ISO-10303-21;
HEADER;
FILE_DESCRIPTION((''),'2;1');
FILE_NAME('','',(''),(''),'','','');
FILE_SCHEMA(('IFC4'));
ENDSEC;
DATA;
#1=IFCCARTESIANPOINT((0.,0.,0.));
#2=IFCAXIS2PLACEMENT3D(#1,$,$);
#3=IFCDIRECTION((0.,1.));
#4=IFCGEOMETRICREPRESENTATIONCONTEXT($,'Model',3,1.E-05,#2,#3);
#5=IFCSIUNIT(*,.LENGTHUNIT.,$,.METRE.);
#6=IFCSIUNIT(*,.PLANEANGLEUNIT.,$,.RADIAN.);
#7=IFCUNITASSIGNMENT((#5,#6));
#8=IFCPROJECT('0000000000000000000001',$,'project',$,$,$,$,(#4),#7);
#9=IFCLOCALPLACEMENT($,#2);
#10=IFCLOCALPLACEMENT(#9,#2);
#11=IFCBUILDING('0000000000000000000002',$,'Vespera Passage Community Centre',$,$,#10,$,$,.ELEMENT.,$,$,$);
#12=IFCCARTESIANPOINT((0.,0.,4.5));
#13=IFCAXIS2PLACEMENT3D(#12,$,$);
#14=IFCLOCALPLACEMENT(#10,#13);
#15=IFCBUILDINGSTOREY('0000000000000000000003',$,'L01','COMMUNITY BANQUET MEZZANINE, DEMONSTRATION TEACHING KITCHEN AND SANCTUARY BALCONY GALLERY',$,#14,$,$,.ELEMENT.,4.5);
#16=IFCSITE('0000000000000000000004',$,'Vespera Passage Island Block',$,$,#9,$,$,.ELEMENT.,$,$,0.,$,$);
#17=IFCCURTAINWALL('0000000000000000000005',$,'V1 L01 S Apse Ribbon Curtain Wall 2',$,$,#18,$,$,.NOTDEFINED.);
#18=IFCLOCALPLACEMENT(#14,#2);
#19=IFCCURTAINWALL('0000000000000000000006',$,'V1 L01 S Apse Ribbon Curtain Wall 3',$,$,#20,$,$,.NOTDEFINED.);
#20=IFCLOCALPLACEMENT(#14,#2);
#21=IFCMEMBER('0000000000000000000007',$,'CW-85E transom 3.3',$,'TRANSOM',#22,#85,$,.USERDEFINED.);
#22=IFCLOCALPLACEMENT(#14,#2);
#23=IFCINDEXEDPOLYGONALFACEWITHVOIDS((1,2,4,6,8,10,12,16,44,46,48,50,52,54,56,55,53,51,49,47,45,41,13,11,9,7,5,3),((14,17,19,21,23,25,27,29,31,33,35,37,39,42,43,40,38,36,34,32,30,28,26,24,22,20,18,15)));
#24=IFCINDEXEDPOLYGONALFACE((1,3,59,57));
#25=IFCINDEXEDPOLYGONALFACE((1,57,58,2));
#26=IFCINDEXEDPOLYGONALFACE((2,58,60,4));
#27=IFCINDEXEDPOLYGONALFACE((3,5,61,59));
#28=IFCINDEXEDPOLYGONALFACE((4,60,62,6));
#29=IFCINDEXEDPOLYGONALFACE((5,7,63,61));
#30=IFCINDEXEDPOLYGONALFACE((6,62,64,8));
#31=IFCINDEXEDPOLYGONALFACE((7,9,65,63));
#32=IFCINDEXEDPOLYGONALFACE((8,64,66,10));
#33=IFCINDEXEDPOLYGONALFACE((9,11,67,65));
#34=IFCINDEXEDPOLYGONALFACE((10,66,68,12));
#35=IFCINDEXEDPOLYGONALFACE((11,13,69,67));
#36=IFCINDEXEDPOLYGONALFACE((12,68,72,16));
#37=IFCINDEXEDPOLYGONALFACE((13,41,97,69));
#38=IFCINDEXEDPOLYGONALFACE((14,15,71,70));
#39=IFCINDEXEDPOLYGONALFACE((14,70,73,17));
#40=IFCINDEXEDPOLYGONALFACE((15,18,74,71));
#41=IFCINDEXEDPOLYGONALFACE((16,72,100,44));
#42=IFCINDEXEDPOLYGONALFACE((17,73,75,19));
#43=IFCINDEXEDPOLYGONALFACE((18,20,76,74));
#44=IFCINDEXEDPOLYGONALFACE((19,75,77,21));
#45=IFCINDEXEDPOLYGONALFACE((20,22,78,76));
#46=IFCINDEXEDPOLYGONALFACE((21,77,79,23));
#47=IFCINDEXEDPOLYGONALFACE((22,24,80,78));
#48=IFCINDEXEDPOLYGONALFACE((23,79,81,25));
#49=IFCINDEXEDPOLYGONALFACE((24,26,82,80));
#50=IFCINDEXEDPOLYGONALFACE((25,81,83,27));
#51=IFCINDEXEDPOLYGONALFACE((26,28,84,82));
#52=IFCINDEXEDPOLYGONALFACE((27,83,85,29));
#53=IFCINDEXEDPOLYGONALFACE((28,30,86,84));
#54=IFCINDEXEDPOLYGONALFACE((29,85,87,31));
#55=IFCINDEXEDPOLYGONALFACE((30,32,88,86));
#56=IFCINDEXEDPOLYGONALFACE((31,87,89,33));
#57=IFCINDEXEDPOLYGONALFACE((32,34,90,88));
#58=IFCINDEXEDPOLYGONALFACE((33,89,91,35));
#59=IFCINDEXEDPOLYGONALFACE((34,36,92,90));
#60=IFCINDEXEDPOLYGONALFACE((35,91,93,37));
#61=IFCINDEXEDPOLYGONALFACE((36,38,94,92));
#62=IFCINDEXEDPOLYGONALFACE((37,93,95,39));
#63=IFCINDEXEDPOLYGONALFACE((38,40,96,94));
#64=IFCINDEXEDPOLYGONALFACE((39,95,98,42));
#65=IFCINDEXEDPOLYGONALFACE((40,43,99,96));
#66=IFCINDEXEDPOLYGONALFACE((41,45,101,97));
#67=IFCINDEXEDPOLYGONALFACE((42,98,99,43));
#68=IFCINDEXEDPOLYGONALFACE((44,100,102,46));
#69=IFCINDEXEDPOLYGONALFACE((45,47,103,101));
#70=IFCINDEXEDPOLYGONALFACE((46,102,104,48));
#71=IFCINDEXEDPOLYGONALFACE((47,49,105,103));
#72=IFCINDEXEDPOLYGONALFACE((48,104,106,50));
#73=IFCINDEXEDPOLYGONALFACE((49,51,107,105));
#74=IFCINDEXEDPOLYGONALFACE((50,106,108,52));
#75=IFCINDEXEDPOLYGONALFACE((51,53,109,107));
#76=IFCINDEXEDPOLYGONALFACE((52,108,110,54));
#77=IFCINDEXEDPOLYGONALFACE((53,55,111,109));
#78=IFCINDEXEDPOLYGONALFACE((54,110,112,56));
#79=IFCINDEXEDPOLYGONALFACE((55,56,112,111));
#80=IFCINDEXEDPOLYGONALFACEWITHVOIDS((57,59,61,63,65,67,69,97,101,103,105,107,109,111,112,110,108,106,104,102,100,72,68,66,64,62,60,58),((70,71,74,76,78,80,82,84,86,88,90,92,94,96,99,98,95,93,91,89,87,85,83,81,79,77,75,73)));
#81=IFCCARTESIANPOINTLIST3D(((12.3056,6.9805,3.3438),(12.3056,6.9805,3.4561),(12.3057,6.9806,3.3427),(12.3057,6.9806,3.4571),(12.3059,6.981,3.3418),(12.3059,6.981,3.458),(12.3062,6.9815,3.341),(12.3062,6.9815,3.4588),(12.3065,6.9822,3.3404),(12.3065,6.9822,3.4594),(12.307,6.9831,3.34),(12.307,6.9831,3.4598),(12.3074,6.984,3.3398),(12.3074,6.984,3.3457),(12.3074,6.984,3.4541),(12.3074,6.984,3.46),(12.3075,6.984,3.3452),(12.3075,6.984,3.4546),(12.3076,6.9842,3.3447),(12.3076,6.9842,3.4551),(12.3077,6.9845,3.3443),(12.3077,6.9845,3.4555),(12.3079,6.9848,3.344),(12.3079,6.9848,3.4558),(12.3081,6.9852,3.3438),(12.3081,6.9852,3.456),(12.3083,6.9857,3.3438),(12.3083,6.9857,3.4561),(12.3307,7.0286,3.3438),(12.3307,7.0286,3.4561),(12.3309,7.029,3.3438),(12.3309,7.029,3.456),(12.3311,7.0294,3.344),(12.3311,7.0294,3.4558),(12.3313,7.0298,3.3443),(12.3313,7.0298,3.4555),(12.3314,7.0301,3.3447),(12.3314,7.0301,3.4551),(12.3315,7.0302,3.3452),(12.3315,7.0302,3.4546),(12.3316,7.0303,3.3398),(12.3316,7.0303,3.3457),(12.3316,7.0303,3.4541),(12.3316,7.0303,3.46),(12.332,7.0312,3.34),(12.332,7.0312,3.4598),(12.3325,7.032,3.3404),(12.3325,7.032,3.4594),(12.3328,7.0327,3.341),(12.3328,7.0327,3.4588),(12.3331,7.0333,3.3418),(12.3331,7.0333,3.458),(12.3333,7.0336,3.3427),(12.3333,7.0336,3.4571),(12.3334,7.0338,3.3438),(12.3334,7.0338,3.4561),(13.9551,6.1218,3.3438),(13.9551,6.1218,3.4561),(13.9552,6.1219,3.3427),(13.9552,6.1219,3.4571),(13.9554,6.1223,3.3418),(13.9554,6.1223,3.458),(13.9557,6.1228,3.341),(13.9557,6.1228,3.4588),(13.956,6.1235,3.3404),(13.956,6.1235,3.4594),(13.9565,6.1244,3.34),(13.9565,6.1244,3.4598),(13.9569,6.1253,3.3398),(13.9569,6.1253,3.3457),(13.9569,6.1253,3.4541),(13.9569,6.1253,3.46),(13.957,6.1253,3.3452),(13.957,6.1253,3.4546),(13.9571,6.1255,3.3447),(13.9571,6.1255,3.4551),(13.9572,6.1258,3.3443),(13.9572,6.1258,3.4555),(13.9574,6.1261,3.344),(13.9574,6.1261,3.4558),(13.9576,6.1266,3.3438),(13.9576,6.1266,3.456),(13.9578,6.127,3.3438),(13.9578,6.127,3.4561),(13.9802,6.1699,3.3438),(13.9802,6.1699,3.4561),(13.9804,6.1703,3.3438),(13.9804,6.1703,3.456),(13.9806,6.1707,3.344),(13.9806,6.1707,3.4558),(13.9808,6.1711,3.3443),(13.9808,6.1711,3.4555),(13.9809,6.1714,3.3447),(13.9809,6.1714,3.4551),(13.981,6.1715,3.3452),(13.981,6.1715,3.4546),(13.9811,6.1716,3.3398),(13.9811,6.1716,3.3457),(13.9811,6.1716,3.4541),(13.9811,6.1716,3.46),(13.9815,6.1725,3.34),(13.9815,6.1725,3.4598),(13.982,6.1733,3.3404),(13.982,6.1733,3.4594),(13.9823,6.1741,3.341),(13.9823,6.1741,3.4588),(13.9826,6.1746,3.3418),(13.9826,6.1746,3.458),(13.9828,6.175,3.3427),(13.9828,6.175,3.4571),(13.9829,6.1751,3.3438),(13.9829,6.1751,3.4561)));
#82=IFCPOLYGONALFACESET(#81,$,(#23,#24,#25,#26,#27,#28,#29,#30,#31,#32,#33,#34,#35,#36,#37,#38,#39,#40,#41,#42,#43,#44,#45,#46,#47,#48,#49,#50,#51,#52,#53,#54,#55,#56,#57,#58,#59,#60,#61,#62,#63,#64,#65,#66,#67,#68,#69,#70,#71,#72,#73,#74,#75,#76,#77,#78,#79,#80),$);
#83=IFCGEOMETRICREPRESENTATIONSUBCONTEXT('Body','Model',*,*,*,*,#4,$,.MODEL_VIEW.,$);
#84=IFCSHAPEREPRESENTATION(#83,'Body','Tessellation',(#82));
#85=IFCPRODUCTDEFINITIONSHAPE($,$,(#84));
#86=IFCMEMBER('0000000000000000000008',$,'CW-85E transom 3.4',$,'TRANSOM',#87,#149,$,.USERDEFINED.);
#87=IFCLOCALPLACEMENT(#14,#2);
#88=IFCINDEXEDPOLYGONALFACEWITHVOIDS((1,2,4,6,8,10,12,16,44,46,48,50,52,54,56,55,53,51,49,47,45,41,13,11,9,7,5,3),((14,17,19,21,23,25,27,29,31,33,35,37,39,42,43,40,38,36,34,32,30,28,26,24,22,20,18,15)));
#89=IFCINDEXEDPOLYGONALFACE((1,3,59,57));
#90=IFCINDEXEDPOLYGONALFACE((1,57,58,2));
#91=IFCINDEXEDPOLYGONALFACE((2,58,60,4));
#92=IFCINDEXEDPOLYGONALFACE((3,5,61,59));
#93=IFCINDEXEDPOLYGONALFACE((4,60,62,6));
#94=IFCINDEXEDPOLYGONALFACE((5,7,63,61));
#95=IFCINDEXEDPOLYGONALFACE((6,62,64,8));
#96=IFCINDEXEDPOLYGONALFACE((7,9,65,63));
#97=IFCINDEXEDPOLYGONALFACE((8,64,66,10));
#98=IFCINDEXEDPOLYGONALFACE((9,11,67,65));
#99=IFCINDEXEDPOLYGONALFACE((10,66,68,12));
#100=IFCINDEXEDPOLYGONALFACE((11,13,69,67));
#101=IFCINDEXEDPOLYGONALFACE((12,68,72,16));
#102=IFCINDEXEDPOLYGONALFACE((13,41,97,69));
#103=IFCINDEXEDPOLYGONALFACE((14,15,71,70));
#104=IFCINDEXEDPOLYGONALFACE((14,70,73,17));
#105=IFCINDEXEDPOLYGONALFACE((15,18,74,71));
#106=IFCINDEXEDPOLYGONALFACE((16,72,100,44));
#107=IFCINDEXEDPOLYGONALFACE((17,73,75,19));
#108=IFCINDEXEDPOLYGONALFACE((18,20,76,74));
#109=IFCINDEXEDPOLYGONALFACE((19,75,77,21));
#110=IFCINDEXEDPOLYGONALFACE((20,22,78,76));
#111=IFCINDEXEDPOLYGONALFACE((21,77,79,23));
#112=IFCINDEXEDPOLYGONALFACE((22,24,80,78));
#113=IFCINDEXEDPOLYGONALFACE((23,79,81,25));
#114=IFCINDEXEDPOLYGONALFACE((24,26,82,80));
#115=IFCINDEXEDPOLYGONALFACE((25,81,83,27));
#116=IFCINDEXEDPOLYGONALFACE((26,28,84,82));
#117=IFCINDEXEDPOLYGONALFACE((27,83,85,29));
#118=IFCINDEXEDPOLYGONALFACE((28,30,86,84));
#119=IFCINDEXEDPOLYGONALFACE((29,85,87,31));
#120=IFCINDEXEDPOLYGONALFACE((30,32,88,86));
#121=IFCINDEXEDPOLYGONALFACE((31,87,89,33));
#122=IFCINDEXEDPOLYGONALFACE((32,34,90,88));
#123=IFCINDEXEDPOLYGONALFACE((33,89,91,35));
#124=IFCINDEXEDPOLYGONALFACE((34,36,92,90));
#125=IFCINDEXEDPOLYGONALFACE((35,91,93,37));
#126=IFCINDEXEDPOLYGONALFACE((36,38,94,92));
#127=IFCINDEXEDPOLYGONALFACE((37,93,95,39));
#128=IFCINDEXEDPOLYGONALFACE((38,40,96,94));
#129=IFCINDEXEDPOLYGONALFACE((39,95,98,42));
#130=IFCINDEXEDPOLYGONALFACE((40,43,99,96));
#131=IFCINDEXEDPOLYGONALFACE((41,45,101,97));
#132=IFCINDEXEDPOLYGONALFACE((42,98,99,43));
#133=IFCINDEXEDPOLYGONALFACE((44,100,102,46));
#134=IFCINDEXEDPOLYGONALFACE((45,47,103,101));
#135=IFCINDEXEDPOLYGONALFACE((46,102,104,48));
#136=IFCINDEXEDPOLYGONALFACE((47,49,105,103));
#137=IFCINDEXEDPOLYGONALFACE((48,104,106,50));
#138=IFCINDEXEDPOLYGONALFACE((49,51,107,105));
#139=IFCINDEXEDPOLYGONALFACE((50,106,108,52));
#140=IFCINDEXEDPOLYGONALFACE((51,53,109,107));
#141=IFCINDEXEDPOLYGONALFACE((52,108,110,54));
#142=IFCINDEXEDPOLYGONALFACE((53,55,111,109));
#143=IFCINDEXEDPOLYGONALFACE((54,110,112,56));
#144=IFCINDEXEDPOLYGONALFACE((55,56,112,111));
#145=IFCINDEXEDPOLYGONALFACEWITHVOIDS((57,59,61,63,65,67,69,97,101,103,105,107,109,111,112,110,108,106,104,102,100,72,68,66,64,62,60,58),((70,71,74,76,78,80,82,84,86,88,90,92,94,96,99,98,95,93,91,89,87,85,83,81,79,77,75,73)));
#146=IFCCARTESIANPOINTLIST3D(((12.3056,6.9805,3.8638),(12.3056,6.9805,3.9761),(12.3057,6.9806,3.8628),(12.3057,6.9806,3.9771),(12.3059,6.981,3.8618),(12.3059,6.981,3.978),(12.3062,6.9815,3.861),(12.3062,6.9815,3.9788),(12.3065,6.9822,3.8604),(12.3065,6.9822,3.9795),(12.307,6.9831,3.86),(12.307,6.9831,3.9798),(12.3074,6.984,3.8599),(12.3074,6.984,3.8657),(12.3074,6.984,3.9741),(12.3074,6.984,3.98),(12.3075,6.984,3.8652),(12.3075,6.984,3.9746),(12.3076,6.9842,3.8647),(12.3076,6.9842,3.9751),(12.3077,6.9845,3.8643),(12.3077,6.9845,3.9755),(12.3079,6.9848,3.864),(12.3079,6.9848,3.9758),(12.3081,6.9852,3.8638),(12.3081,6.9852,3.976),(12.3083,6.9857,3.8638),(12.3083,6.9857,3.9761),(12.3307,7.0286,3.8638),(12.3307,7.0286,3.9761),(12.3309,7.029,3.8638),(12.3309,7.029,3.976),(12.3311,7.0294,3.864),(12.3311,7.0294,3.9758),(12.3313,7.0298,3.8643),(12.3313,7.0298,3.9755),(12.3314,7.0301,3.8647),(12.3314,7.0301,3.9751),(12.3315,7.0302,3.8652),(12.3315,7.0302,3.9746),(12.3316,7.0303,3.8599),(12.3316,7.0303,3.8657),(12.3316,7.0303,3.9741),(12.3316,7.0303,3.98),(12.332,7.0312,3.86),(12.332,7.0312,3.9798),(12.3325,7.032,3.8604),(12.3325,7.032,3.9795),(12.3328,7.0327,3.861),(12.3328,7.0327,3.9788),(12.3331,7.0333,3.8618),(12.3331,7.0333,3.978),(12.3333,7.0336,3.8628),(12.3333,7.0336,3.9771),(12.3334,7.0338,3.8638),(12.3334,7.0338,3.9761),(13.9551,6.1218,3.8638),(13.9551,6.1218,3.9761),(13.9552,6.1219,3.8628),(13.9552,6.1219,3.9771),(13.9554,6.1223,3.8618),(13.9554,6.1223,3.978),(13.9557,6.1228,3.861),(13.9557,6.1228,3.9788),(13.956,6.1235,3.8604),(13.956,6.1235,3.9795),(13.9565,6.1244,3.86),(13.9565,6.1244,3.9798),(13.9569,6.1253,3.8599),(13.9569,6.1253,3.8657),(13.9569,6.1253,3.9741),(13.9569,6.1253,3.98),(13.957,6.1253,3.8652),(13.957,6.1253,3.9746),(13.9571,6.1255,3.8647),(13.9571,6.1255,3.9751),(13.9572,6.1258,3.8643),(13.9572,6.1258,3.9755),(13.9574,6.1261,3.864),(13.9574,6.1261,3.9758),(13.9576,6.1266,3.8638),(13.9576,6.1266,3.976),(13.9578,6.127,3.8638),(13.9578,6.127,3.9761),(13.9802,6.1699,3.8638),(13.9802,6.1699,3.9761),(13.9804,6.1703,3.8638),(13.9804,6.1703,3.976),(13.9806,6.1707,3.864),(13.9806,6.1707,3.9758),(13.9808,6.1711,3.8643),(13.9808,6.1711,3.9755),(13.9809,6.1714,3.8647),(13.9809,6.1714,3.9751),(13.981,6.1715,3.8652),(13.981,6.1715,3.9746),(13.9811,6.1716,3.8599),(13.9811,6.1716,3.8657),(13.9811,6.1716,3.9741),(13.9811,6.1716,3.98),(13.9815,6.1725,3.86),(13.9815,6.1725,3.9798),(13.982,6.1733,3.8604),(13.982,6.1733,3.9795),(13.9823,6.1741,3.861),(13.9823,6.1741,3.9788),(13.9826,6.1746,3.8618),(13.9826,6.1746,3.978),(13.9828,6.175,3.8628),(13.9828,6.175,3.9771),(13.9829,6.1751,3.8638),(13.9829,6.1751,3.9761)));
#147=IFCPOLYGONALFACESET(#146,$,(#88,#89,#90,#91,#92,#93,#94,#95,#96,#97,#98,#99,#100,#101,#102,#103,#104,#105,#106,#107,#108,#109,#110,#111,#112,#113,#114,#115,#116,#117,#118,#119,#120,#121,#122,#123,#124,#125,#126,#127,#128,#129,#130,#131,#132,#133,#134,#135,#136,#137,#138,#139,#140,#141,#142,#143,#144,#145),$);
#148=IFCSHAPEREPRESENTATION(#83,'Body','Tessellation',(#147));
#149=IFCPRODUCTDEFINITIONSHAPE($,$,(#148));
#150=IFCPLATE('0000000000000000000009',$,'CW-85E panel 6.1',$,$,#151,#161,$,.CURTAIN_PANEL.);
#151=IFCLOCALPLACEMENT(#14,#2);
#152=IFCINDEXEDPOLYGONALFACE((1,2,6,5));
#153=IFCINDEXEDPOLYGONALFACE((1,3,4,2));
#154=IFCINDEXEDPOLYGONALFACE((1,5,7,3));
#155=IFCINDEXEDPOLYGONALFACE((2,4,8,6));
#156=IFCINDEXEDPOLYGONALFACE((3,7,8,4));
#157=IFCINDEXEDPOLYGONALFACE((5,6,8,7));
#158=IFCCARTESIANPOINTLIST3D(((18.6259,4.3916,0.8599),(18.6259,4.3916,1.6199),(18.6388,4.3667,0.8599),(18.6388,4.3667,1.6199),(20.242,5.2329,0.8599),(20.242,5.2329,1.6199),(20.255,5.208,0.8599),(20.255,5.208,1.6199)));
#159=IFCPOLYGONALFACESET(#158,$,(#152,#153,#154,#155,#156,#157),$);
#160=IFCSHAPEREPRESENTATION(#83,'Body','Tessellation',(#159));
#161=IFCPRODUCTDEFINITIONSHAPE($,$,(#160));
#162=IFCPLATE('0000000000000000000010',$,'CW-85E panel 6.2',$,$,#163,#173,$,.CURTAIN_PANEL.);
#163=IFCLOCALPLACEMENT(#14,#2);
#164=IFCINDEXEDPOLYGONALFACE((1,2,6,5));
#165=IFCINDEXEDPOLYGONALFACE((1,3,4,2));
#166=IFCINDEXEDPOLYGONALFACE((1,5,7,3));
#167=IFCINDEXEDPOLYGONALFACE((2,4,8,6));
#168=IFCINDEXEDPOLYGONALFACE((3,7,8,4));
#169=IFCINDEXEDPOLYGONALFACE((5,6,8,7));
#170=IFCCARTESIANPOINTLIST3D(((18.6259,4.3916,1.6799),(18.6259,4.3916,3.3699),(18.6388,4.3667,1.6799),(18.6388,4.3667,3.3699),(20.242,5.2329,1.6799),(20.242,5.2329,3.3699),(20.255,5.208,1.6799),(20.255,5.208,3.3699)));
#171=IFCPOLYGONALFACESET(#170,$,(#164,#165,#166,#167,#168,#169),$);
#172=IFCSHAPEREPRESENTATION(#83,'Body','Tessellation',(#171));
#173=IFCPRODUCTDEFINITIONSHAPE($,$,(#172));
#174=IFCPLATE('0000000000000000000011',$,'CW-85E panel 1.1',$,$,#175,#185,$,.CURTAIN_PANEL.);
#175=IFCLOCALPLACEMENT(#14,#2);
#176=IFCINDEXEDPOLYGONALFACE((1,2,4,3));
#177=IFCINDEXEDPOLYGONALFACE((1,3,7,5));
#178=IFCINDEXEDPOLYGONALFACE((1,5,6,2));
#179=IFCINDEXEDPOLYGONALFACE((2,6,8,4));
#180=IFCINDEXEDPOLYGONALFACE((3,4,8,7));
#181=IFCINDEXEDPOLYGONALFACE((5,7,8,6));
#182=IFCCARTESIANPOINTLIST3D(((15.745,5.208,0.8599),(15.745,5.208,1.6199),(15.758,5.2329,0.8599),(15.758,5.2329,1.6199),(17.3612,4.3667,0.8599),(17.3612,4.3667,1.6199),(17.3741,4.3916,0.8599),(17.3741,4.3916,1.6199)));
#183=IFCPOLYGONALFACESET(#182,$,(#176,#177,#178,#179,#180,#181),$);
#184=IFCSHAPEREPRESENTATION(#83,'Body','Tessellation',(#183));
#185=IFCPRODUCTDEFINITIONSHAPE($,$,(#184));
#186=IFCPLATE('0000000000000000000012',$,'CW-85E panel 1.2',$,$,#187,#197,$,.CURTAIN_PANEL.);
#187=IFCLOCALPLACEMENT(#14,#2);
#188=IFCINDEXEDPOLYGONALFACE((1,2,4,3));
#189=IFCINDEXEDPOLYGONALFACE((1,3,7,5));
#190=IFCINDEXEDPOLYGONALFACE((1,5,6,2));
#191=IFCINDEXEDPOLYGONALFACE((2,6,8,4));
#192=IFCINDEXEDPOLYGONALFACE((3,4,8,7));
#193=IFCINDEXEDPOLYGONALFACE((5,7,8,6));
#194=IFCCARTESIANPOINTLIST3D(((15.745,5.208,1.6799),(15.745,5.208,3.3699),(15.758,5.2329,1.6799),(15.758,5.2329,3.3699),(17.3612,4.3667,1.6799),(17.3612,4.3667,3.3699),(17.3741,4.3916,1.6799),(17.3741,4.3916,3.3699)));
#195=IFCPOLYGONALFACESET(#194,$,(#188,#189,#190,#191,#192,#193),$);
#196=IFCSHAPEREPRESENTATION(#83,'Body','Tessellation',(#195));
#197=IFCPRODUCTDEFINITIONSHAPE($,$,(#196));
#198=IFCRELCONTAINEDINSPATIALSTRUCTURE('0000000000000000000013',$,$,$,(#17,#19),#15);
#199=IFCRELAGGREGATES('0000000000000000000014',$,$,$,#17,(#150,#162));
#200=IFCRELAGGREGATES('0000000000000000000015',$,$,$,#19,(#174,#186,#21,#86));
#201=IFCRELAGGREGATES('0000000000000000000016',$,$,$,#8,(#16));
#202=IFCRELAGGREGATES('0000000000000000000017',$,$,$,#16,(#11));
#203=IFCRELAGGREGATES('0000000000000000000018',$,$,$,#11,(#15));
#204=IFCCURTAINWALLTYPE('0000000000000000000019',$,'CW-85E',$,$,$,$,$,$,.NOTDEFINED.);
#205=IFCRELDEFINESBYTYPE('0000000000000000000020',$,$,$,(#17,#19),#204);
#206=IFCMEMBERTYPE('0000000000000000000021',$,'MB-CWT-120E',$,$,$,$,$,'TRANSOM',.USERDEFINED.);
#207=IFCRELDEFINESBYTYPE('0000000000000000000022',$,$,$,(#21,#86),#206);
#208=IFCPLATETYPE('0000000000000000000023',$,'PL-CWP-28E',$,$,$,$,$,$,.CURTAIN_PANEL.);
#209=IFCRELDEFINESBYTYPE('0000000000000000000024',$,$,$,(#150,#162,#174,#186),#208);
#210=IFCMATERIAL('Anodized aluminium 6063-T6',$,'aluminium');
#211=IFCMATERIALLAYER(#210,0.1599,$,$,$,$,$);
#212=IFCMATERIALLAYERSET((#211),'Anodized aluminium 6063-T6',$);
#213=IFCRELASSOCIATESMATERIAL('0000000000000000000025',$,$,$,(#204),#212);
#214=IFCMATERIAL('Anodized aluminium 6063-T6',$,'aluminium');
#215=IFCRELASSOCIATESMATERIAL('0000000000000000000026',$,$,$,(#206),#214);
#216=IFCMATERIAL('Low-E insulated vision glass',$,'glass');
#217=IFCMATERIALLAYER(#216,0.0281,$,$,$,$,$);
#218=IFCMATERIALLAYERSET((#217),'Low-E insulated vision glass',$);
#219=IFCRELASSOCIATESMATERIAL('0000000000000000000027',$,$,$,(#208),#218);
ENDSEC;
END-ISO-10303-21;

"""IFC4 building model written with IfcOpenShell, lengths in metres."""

from ifc_helpers import new_model, si_unit, direction, frame, origin, origin_2d, place, context, subcontext, project, spatial, rectangle, hollow_rectangle, extrude, material, layer, layer_set, material_profile, profile_set, type_object, element, aggregate, save


model = new_model("IFC4")

# Units and contexts
model_context = context("Model", 3, precision=1e-05, world=origin(), true_north=direction((0.0, 1.0)))
body_context = subcontext(model_context, "Body", "Model", "MODEL_VIEW")
ifc_project = project(units=[si_unit("LENGTHUNIT", "METRE"), si_unit("PLANEANGLEUNIT", "RADIAN")], contexts=[model_context])

# Site, building, storey
site_placement = place(None, origin())
site = spatial("IfcSite", under=ifc_project, at=site_placement, Name="Vespera Passage Island Block", CompositionType="ELEMENT", RefElevation=0.0)
building_placement = place(site_placement, origin())
building = spatial("IfcBuilding", under=site, at=building_placement, Name="Vespera Passage Community Centre", CompositionType="ELEMENT")
storey_placement = place(building_placement, frame((0.0, 0.0, 4.5)))
storey = spatial("IfcBuildingStorey", under=building, at=storey_placement, Name="L01", Description="COMMUNITY BANQUET MEZZANINE, DEMONSTRATION TEACHING KITCHEN AND SANCTUARY BALCONY GALLERY", CompositionType="ELEMENT", Elevation=4.5)

# Curtain wall
ifc_material_1 = material(Name="Anodized aluminium 6063-T6", Category="aluminium")
ifc_layer_1 = layer(ifc_material_1, 0.1599)
ifc_layer_set_1 = layer_set([ifc_layer_1], Name="Anodized aluminium 6063-T6")
curtain_wall_type = type_object("IfcCurtainWallType", Name="CW-85E", PredefinedType="NOTDEFINED", material=ifc_layer_set_1)
curtain_wall_1_placement = place(storey_placement, origin())
curtain_wall_1 = element("IfcCurtainWall", 1, at=curtain_wall_1_placement, inside=storey, type_object=curtain_wall_type, Name="V1 L01 S Apse Ribbon Curtain Wall 2", PredefinedType="NOTDEFINED")

# Curtain wall, members
curtain_wall_2_placement = place(storey_placement, origin())
curtain_wall_2 = element("IfcCurtainWall", 2, at=curtain_wall_2_placement, inside=storey, type_object=curtain_wall_type, Name="V1 L01 S Apse Ribbon Curtain Wall 3", PredefinedType="NOTDEFINED")
ifc_material_2 = material(Name="Anodized aluminium 6063-T6", Category="aluminium")
ifc_material_profile_1 = material_profile(ifc_material_2, hollow_rectangle(XDim=0.0601, YDim=0.1201, WallThickness=0.0039, InnerFilletRadius=0.002, OuterFilletRadius=0.0039, at=origin_2d()), Name="ALU120X60X4")
ifc_profile_set_1 = profile_set([ifc_material_profile_1], Name="Anodized aluminium 6063-T6")
member_type_1 = type_object("IfcMemberType", Name="MB-CWT-120E", ElementType="TRANSOM", PredefinedType="USERDEFINED", material=ifc_profile_set_1)
member_1_placement = place(storey_placement, frame((13.969, 6.1484, 3.3999), z_axis=(-0.887008, 0.461754, 0.0), x_axis=(-0.461754, -0.887008, 0.0)))
member_1 = element("IfcMember", 3, at=member_1_placement, type_object=member_type_1, Name="CW-85E transom 3.3", ObjectType="TRANSOM", PredefinedType="USERDEFINED", context=body_context, shape_type="SweptSolid", body=[
    extrude(hollow_rectangle(XDim=0.0601, YDim=0.1201, WallThickness=0.0039, InnerFilletRadius=0.002, OuterFilletRadius=0.0039, at=origin_2d()), origin(), (0.0, 0.0, 1.0), 1.8596),
])
member_2_placement = place(storey_placement, frame((13.969, 6.1484, 3.9199), z_axis=(-0.887008, 0.461754, 0.0), x_axis=(-0.461754, -0.887008, 0.0)))
member_2 = element("IfcMember", 4, at=member_2_placement, type_object=member_type_1, Name="CW-85E transom 3.4", ObjectType="TRANSOM", PredefinedType="USERDEFINED", context=body_context, shape_type="SweptSolid", body=[
    extrude(hollow_rectangle(XDim=0.0601, YDim=0.1201, WallThickness=0.0039, InnerFilletRadius=0.002, OuterFilletRadius=0.0039, at=origin_2d()), origin(), (0.0, 0.0, 1.0), 1.8596),
])

# Plates
ifc_material_3 = material(Name="Low-E insulated vision glass", Category="glass")
ifc_layer_2 = layer(ifc_material_3, 0.0281)
ifc_layer_set_2 = layer_set([ifc_layer_2], Name="Low-E insulated vision glass")
plate_type = type_object("IfcPlateType", Name="PL-CWP-28E", PredefinedType="CURTAIN_PANEL", material=ifc_layer_set_2)
plate_1_placement = place(storey_placement, frame((19.4404, 4.7998, 0.8599), z_axis=(0.0, 0.0, 1.0), x_axis=(-0.887013, -0.461745, 0.0)))
plate_1 = element("IfcPlate", 5, at=plate_1_placement, type_object=plate_type, Name="CW-85E panel 6.1", PredefinedType="CURTAIN_PANEL", context=body_context, shape_type="SweptSolid", body=[
    extrude(rectangle(XDim=1.822, YDim=0.0281, at=origin_2d()), origin(), (0.0, 0.0, 1.0), 0.76),
])
plate_2_placement = place(storey_placement, frame((19.4404, 4.7998, 1.6799), z_axis=(0.0, 0.0, 1.0), x_axis=(-0.887013, -0.461745, 0.0)))
plate_2 = element("IfcPlate", 6, at=plate_2_placement, type_object=plate_type, Name="CW-85E panel 6.2", PredefinedType="CURTAIN_PANEL", context=body_context, shape_type="SweptSolid", body=[
    extrude(rectangle(XDim=1.822, YDim=0.0281, at=origin_2d()), origin(), (0.0, 0.0, 1.0), 1.6899),
])
aggregate(curtain_wall_1, [plate_1, plate_2])
plate_3_placement = place(storey_placement, frame((16.5596, 4.7998, 0.8599), z_axis=(0.0, 0.0, 1.0), x_axis=(-0.887013, 0.461745, 0.0)))
plate_3 = element("IfcPlate", 7, at=plate_3_placement, type_object=plate_type, Name="CW-85E panel 1.1", PredefinedType="CURTAIN_PANEL", context=body_context, shape_type="SweptSolid", body=[
    extrude(rectangle(XDim=1.822, YDim=0.0281, at=origin_2d()), origin(), (0.0, 0.0, 1.0), 0.76),
])
plate_4_placement = place(storey_placement, frame((16.5596, 4.7998, 1.6799), z_axis=(0.0, 0.0, 1.0), x_axis=(-0.887013, 0.461745, 0.0)))
plate_4 = element("IfcPlate", 8, at=plate_4_placement, type_object=plate_type, Name="CW-85E panel 1.2", PredefinedType="CURTAIN_PANEL", context=body_context, shape_type="SweptSolid", body=[
    extrude(rectangle(XDim=1.822, YDim=0.0281, at=origin_2d()), origin(), (0.0, 0.0, 1.0), 1.6899),
])
aggregate(curtain_wall_2, [plate_3, plate_4, member_1, member_2])

save(model, "model.ifc")
